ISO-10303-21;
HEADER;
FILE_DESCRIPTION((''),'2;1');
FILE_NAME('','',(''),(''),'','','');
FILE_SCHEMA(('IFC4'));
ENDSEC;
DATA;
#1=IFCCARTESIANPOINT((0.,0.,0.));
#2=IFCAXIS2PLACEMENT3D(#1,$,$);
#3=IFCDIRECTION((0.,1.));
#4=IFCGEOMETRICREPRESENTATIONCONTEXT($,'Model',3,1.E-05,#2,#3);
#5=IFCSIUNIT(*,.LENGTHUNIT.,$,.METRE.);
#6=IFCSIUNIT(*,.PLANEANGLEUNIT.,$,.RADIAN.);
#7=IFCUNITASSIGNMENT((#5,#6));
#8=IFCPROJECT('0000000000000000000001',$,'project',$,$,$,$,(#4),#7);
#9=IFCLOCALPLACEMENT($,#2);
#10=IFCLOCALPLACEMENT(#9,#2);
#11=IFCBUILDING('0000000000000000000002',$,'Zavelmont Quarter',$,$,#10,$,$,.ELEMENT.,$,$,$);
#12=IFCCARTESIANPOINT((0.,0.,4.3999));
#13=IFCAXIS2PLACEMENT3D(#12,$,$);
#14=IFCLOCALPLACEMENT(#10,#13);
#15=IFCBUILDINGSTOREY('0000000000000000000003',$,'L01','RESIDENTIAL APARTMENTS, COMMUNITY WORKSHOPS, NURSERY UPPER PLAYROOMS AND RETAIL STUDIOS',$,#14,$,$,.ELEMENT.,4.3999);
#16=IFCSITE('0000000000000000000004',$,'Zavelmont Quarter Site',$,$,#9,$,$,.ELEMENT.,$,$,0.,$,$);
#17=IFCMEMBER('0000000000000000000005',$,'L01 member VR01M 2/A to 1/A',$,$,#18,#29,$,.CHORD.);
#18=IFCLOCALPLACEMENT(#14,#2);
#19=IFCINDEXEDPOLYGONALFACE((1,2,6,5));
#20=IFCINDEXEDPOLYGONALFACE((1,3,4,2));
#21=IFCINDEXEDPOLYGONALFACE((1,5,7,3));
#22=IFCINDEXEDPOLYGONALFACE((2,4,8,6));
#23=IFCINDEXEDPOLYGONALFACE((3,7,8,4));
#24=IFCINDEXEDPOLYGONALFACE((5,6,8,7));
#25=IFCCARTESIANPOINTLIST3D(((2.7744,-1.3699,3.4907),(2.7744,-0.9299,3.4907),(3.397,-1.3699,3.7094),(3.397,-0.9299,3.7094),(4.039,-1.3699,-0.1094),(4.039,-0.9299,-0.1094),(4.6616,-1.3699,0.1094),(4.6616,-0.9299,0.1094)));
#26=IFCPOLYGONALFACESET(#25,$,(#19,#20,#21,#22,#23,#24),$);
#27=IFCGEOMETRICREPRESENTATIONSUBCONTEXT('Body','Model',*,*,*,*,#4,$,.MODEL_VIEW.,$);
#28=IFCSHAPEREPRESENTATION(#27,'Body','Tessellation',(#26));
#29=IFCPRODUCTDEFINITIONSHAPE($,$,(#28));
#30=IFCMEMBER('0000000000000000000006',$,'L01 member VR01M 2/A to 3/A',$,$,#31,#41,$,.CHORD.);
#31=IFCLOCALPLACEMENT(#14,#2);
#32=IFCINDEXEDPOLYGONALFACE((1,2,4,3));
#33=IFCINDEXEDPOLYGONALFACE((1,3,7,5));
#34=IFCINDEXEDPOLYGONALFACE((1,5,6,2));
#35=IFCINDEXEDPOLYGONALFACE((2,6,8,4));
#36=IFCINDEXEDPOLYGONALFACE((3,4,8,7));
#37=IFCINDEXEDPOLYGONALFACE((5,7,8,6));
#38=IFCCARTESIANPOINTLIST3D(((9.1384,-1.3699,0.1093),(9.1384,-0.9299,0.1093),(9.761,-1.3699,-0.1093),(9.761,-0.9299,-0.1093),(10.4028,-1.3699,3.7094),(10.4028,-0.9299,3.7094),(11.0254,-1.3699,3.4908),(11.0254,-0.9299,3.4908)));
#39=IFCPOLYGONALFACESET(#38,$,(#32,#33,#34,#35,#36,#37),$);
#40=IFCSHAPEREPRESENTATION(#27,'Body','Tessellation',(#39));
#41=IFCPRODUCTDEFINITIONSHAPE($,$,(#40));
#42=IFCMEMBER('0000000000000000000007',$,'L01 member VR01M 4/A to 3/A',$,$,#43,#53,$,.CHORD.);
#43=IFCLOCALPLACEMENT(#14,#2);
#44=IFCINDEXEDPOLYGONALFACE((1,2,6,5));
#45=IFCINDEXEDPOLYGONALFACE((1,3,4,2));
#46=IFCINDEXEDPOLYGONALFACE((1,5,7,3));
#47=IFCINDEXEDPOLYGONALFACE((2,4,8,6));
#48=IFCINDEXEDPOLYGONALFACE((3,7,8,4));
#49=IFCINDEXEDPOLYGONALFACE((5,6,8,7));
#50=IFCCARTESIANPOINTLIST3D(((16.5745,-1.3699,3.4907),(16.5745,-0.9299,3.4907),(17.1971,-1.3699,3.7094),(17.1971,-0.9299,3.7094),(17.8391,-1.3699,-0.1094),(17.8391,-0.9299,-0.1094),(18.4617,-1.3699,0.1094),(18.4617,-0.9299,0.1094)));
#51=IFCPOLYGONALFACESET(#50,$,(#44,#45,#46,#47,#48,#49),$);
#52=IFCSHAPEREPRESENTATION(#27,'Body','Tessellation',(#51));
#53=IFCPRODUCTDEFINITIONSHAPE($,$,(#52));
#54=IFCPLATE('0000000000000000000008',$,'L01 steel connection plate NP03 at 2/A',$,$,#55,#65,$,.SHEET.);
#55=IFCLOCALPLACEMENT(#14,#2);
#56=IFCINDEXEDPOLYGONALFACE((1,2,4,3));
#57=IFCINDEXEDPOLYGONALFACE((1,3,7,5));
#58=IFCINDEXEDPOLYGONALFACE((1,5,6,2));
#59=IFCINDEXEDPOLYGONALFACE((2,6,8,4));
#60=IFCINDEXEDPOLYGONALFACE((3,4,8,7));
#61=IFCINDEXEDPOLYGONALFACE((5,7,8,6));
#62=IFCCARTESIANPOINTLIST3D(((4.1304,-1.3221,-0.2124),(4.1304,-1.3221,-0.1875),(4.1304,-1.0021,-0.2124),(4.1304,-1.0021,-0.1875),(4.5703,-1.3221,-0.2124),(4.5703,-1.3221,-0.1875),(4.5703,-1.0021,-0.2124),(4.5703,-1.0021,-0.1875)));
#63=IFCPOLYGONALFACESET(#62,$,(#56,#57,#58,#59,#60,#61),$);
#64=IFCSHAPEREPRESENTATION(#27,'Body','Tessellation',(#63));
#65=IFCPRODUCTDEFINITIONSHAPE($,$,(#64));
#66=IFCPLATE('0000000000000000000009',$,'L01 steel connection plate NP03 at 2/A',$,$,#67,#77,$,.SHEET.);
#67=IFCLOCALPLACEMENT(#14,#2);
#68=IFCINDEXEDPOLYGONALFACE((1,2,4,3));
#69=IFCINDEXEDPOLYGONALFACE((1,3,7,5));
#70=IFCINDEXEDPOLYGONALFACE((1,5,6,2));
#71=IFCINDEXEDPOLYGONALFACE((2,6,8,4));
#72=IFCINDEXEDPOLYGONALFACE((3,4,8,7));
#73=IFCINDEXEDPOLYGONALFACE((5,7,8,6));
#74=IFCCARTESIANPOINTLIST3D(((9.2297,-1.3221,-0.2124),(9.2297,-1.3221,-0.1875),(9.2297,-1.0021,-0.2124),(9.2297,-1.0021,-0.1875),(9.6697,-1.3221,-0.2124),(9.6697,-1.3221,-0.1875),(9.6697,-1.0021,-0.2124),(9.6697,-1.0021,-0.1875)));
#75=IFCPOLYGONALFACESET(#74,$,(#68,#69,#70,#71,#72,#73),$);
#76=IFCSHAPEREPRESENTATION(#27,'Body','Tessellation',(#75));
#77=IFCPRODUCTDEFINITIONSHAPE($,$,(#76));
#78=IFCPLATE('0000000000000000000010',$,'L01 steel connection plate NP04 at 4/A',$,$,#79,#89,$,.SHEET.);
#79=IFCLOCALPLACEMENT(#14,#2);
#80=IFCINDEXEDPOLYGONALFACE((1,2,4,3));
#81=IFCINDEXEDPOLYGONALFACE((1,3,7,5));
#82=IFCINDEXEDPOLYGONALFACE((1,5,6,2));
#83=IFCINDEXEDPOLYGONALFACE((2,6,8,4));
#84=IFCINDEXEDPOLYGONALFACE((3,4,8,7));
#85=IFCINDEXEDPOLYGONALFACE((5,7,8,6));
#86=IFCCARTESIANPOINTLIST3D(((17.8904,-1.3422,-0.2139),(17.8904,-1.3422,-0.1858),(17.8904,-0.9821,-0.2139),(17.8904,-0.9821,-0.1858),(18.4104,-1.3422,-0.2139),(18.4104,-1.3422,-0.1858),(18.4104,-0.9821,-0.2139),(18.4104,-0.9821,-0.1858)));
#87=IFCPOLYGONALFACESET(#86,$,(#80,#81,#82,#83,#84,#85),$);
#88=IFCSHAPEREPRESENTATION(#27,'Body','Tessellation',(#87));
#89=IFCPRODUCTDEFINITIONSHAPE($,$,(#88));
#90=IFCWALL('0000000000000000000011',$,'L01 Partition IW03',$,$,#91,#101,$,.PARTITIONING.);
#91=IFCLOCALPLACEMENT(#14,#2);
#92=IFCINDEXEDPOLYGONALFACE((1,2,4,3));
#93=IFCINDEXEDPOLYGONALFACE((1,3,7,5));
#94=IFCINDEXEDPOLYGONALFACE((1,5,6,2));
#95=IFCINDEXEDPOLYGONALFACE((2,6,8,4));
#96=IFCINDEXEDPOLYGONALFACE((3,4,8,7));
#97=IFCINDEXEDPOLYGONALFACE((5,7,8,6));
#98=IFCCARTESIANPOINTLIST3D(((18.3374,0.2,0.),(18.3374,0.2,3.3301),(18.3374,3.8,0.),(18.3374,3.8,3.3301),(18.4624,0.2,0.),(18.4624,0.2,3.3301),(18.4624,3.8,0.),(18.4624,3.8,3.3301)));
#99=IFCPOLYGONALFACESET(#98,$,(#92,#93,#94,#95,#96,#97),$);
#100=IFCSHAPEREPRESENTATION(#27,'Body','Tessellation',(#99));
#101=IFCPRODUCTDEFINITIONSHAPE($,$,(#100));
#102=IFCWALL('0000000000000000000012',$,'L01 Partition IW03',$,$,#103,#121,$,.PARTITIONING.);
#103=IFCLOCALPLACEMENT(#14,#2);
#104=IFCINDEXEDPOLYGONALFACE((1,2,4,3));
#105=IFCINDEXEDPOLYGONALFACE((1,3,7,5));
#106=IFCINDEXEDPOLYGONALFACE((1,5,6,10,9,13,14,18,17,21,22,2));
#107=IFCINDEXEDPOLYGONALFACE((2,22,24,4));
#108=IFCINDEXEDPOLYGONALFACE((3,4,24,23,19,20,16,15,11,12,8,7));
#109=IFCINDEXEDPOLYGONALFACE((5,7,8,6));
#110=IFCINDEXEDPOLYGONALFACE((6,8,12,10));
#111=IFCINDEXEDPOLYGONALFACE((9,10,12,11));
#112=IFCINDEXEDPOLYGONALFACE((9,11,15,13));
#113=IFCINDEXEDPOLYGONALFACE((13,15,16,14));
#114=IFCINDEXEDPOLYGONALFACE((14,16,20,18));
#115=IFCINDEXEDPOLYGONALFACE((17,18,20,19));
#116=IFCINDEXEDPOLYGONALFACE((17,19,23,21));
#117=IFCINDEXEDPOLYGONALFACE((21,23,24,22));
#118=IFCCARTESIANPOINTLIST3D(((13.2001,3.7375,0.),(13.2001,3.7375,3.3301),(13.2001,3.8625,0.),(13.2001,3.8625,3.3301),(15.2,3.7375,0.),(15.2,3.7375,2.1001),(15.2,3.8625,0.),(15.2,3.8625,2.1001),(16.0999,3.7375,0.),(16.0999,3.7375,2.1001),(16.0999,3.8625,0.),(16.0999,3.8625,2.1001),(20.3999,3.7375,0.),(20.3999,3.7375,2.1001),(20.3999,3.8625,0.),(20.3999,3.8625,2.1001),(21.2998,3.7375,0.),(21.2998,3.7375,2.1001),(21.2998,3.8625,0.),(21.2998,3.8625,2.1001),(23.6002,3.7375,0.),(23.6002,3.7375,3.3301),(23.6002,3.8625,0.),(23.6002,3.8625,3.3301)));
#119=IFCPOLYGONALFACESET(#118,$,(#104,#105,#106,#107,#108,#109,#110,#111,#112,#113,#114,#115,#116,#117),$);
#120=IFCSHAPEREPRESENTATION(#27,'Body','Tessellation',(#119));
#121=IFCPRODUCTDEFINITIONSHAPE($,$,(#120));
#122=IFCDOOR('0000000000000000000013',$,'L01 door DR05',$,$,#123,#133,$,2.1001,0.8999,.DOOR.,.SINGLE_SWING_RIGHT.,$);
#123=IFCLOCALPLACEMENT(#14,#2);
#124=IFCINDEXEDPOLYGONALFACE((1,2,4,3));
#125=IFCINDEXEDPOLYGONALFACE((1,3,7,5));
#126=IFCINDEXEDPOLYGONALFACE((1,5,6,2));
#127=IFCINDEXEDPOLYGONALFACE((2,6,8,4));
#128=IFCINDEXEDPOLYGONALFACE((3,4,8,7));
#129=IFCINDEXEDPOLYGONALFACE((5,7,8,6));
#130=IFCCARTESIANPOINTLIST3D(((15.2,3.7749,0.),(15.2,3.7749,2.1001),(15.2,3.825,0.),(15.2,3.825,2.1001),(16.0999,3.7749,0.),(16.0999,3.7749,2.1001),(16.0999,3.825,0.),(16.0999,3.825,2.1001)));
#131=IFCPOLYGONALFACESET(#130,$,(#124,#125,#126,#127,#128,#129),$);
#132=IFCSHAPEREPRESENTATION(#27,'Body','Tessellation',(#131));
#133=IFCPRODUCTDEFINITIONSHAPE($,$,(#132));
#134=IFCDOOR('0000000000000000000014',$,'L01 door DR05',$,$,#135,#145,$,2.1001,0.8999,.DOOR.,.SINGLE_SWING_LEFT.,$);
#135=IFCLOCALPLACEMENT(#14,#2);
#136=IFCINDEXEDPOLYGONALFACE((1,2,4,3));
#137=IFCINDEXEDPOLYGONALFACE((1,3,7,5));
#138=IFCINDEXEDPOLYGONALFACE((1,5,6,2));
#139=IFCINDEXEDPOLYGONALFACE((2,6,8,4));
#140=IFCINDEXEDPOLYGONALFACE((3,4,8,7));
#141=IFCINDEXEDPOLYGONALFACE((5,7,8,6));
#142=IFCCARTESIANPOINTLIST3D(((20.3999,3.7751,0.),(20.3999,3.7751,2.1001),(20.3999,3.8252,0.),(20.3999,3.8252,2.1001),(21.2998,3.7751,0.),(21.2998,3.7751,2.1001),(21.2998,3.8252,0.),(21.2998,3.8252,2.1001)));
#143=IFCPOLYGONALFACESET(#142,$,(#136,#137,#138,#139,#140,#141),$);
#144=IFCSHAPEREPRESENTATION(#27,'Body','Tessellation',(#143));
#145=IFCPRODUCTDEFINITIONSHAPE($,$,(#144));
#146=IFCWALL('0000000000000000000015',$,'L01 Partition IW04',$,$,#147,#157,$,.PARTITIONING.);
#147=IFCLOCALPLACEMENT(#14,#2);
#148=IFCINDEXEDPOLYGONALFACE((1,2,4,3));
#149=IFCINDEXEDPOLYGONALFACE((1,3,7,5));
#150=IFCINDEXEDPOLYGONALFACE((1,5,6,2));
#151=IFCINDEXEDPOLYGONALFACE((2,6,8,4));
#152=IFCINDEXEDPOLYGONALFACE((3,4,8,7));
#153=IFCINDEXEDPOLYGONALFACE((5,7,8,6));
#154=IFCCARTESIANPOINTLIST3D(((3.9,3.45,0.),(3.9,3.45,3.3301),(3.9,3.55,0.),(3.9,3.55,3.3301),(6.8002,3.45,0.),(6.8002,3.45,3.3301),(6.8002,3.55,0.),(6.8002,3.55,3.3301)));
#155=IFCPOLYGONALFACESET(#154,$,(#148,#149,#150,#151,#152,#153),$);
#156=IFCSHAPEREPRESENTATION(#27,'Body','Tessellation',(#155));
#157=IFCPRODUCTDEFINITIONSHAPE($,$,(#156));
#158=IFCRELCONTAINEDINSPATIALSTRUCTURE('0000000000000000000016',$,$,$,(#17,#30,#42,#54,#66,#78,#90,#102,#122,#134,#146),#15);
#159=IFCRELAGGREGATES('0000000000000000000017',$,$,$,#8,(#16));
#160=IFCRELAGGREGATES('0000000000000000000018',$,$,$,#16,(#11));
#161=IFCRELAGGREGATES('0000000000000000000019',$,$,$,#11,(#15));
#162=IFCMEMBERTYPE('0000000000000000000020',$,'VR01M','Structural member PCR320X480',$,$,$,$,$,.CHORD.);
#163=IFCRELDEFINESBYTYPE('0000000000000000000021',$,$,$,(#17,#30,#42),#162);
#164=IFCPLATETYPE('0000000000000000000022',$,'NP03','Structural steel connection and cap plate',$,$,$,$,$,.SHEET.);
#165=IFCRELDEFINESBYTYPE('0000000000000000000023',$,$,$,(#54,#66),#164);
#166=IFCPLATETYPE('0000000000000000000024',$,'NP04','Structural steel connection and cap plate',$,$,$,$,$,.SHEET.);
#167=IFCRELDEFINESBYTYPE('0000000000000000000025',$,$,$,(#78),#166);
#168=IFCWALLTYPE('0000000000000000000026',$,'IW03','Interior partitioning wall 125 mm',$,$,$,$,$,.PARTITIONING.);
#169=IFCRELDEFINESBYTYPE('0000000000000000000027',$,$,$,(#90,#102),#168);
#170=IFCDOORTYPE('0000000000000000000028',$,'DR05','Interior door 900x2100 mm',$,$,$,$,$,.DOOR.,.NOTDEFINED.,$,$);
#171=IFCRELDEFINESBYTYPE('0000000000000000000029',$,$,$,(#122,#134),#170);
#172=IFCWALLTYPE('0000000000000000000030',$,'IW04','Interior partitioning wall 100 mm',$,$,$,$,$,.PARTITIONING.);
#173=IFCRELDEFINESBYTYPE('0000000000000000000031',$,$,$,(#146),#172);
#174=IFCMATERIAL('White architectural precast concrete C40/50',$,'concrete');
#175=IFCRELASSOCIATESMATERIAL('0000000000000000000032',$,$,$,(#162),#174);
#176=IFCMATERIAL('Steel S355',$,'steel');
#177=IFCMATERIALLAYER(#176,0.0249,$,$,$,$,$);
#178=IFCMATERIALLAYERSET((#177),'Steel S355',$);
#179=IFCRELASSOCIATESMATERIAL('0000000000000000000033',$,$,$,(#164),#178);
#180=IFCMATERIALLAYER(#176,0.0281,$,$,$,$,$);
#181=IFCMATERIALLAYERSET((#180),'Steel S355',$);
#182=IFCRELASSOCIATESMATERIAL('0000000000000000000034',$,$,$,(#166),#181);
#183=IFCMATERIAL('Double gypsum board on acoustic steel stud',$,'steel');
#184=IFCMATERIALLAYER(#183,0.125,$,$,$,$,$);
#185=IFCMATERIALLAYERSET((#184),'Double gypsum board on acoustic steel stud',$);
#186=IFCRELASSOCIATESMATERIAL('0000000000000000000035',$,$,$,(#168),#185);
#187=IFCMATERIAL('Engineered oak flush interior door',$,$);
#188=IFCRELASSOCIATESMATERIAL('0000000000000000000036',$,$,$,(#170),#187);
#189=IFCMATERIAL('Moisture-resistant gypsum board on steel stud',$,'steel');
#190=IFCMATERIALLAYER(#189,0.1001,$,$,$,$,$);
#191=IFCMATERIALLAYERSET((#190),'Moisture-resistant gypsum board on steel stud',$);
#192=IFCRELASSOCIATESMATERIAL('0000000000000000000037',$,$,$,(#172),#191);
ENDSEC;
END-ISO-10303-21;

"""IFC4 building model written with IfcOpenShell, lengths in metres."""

from ifc_helpers import new_model, si_unit, direction, frame, frame_2d, origin, origin_with_axes, origin_2d, place, context, subcontext, project, spatial, rectangle, extrude, material, layer, layer_set, material_profile, profile_set, type_object, element, fill, save


model = new_model("IFC4")

# Units and contexts
model_context = context("Model", 3, precision=1e-05, world=origin(), true_north=direction((0.0, 1.0)))
body_context = subcontext(model_context, "Body", "Model", "MODEL_VIEW")
ifc_project = project(units=[si_unit("LENGTHUNIT", "METRE"), si_unit("PLANEANGLEUNIT", "RADIAN")], contexts=[model_context])

# Site, building, storey
site_placement = place(None, origin())
site = spatial("IfcSite", under=ifc_project, at=site_placement, Name="Zavelmont Quarter Site", CompositionType="ELEMENT", RefElevation=0.0)
building_placement = place(site_placement, origin())
building = spatial("IfcBuilding", under=site, at=building_placement, Name="Zavelmont Quarter", CompositionType="ELEMENT")
storey_placement = place(building_placement, frame((0.0, 0.0, 4.3999)))
storey = spatial("IfcBuildingStorey", under=building, at=storey_placement, Name="L01", Description="RESIDENTIAL APARTMENTS, COMMUNITY WORKSHOPS, NURSERY UPPER PLAYROOMS AND RETAIL STUDIOS", CompositionType="ELEMENT", Elevation=4.3999)

# Shared definitions
ifc_material_1 = material(Name="Steel S355", Category="steel")

# Members
ifc_material_2 = material(Name="White architectural precast concrete C40/50", Category="concrete")
ifc_material_profile_1 = material_profile(ifc_material_2, rectangle(XDim=0.4399, YDim=0.6599, at=origin_2d()), Name="PCR320X480")
ifc_profile_set_1 = profile_set([ifc_material_profile_1], Name="White architectural precast concrete C40/50")
member_type = type_object("IfcMemberType", Name="VR01M", Description="Structural member PCR320X480", PredefinedType="CHORD", material=ifc_profile_set_1)
for number, where, z_axis, x_axis, name in (
    (1, (4.3503, -1.1499, 0.0), (-0.331428, 0.0, 0.943481), (0.0, -1.0, 0.0), "L01 member VR01M 2/A to 1/A"),
    (2, (9.4497, -1.1499, 0.0), (0.331371, 0.0, 0.943501), (0.0, 1.0, 0.0), "L01 member VR01M 2/A to 3/A"),
    (3, (18.1504, -1.1499, 0.0), (-0.331428, 0.0, 0.943481), (0.0, -1.0, 0.0), "L01 member VR01M 4/A to 3/A"),
):
    element("IfcMember", number, at=place(storey_placement, frame(where, z_axis=z_axis, x_axis=x_axis)), inside=storey, type_object=member_type, Name=name, PredefinedType="CHORD", context=body_context, shape_type="SweptSolid", body=[
        extrude(rectangle(XDim=0.4399, YDim=0.6599, at=origin_2d()), origin(), (0.0, 0.0, 1.0), 3.8157),
    ])

# Plates
ifc_layer_1 = layer(ifc_material_1, 0.0249)
ifc_layer_set_1 = layer_set([ifc_layer_1], Name="Steel S355")
plate_type_1 = type_object("IfcPlateType", Name="NP03", Description="Structural steel connection and cap plate", PredefinedType="SHEET", material=ifc_layer_set_1)
for number, where, z_axis, x_axis, name in (
    (4, (4.3503, -1.1621, -0.2124), (0.0, 0.0, 1.0), (1.0, 0.0, 0.0), "L01 steel connection plate NP03 at 2/A"),
    (5, (9.4497, -1.1621, -0.2124), (0.0, 0.0, 1.0), (1.0, 0.0, 0.0), "L01 steel connection plate NP03 at 2/A"),
):
    element("IfcPlate", number, at=place(storey_placement, frame(where, z_axis=z_axis, x_axis=x_axis)), inside=storey, type_object=plate_type_1, Name=name, PredefinedType="SHEET", context=body_context, shape_type="SweptSolid", body=[
        extrude(rectangle(XDim=0.4399, YDim=0.3201, at=origin_2d()), origin(), (0.0, 0.0, 1.0), 0.0249),
    ])
ifc_layer_2 = layer(ifc_material_1, 0.0281)
ifc_layer_set_2 = layer_set([ifc_layer_2], Name="Steel S355")
plate_type_2 = type_object("IfcPlateType", Name="NP04", Description="Structural steel connection and cap plate", PredefinedType="SHEET", material=ifc_layer_set_2)
plate_placement = place(storey_placement, frame((18.1504, -1.1621, -0.2139), z_axis=(0.0, 0.0, 1.0), x_axis=(1.0, 0.0, 0.0)))
element("IfcPlate", 6, at=plate_placement, inside=storey, type_object=plate_type_2, Name="L01 steel connection plate NP04 at 4/A", PredefinedType="SHEET", context=body_context, shape_type="SweptSolid", body=[
    extrude(rectangle(XDim=0.52, YDim=0.3601, at=origin_2d()), origin(), (0.0, 0.0, 1.0), 0.0281),
])

# Wall
ifc_material_3 = material(Name="Double gypsum board on acoustic steel stud", Category="steel")
ifc_layer_3 = layer(ifc_material_3, 0.125)
ifc_layer_set_3 = layer_set([ifc_layer_3], Name="Double gypsum board on acoustic steel stud")
wall_type_1 = type_object("IfcWallType", Name="IW03", Description="Interior partitioning wall 125 mm", PredefinedType="PARTITIONING", material=ifc_layer_set_3)
wall_1_placement = place(storey_placement, frame((18.3999, 3.8, 0.0), z_axis=(0.0, 0.0, 1.0), x_axis=(0.0, -1.0, 0.0)))
element("IfcWall", 7, at=wall_1_placement, inside=storey, type_object=wall_type_1, Name="L01 Partition IW03", PredefinedType="PARTITIONING", context=body_context, shape_type="SweptSolid", body=[
    extrude(rectangle(XDim=3.6001, YDim=0.125, at=frame_2d((1.8, 0.0))), origin(), (0.0, 0.0, 1.0), 3.3301),
])

# Wall, openings, doors
wall_2_placement = place(storey_placement, frame((13.2, 3.8, 0.0), z_axis=(0.0, 0.0, 1.0), x_axis=(1.0, 0.0, 0.0)))
wall_2 = element("IfcWall", 8, at=wall_2_placement, inside=storey, type_object=wall_type_1, Name="L01 Partition IW03", PredefinedType="PARTITIONING", context=body_context, shape_type="SweptSolid", body=[
    extrude(rectangle(XDim=10.4001, YDim=0.125, at=frame_2d((5.2002, 0.0))), origin(), (0.0, 0.0, 1.0), 3.3301),
])
opening_1_placement = place(wall_2_placement, frame((2.0, 0.0, 0.0)))
opening_1 = element("IfcOpeningElement", 9, at=opening_1_placement, cuts=wall_2, PredefinedType="OPENING", context=body_context, shape_type="SweptSolid", body=[
    extrude(rectangle(XDim=0.8999, YDim=2.1001, at=frame_2d((0.45, 1.05))), frame((0.0, 0.0745, 0.0), z_axis=(0.0, -1.0, 0.0), x_axis=(1.0, 0.0, 0.0)), (0.0, 0.0, 1.0), 0.1489),
])
opening_2_placement = place(wall_2_placement, frame((7.2, 0.0, 0.0)))
opening_2 = element("IfcOpeningElement", 10, at=opening_2_placement, cuts=wall_2, PredefinedType="OPENING", context=body_context, shape_type="SweptSolid", body=[
    extrude(rectangle(XDim=0.8999, YDim=2.1001, at=frame_2d((0.45, 1.05))), frame((0.0, 0.0745, 0.0), z_axis=(0.0, -1.0, 0.0), x_axis=(1.0, 0.0, 0.0)), (0.0, 0.0, 1.0), 0.1489),
])
ifc_material_4 = material(Name="Engineered oak flush interior door")
door_type_1 = type_object("IfcDoorType", Name="DR05", Description="Interior door 900x2100 mm", OperationType="NOTDEFINED", PredefinedType="DOOR", material=ifc_material_4)
door_1_placement = place(opening_1_placement, origin_with_axes())
door_1 = element("IfcDoor", 11, at=door_1_placement, inside=storey, type_object=door_type_1, Name="L01 door DR05", OperationType="SINGLE_SWING_RIGHT", OverallHeight=2.1001, OverallWidth=0.8999, PredefinedType="DOOR", context=body_context, shape_type="SweptSolid", body=[
    extrude(rectangle(XDim=0.8999, YDim=2.1001, at=frame_2d((0.45, 1.05))), frame((0.0, 0.0249, 0.0), z_axis=(0.0, -1.0, 0.0), x_axis=(1.0, 0.0, 0.0)), (0.0, 0.0, 1.0), 0.05),
])
fill(opening_1, door_1)
door_2_placement = place(opening_2_placement, frame((0.8999, 0.0, 0.0), z_axis=(0.0, 0.0, 1.0), x_axis=(-1.0, 0.0, 0.0)))
door_2 = element("IfcDoor", 12, at=door_2_placement, inside=storey, type_object=door_type_1, Name="L01 door DR05", OperationType="SINGLE_SWING_LEFT", OverallHeight=2.1001, OverallWidth=0.8999, PredefinedType="DOOR", context=body_context, shape_type="SweptSolid", body=[
    extrude(rectangle(XDim=0.8999, YDim=2.1001, at=frame_2d((0.45, 1.05))), frame((0.0, 0.0249, 0.0), z_axis=(0.0, -1.0, 0.0), x_axis=(1.0, 0.0, 0.0)), (0.0, 0.0, 1.0), 0.05),
])
fill(opening_2, door_2)

# Wall
ifc_material_5 = material(Name="Moisture-resistant gypsum board on steel stud", Category="steel")
ifc_layer_4 = layer(ifc_material_5, 0.1001)
ifc_layer_set_4 = layer_set([ifc_layer_4], Name="Moisture-resistant gypsum board on steel stud")
wall_type_2 = type_object("IfcWallType", Name="IW04", Description="Interior partitioning wall 100 mm", PredefinedType="PARTITIONING", material=ifc_layer_set_4)
wall_3_placement = place(storey_placement, frame((3.8999, 3.5, 0.0), z_axis=(0.0, 0.0, 1.0), x_axis=(1.0, 0.0, 0.0)))
element("IfcWall", 13, at=wall_3_placement, inside=storey, type_object=wall_type_2, Name="L01 Partition IW04", PredefinedType="PARTITIONING", context=body_context, shape_type="SweptSolid", body=[
    extrude(rectangle(XDim=2.9001, YDim=0.1001, at=frame_2d((1.4502, 0.0))), origin(), (0.0, 0.0, 1.0), 3.3301),
])

save(model, "model.ifc")
